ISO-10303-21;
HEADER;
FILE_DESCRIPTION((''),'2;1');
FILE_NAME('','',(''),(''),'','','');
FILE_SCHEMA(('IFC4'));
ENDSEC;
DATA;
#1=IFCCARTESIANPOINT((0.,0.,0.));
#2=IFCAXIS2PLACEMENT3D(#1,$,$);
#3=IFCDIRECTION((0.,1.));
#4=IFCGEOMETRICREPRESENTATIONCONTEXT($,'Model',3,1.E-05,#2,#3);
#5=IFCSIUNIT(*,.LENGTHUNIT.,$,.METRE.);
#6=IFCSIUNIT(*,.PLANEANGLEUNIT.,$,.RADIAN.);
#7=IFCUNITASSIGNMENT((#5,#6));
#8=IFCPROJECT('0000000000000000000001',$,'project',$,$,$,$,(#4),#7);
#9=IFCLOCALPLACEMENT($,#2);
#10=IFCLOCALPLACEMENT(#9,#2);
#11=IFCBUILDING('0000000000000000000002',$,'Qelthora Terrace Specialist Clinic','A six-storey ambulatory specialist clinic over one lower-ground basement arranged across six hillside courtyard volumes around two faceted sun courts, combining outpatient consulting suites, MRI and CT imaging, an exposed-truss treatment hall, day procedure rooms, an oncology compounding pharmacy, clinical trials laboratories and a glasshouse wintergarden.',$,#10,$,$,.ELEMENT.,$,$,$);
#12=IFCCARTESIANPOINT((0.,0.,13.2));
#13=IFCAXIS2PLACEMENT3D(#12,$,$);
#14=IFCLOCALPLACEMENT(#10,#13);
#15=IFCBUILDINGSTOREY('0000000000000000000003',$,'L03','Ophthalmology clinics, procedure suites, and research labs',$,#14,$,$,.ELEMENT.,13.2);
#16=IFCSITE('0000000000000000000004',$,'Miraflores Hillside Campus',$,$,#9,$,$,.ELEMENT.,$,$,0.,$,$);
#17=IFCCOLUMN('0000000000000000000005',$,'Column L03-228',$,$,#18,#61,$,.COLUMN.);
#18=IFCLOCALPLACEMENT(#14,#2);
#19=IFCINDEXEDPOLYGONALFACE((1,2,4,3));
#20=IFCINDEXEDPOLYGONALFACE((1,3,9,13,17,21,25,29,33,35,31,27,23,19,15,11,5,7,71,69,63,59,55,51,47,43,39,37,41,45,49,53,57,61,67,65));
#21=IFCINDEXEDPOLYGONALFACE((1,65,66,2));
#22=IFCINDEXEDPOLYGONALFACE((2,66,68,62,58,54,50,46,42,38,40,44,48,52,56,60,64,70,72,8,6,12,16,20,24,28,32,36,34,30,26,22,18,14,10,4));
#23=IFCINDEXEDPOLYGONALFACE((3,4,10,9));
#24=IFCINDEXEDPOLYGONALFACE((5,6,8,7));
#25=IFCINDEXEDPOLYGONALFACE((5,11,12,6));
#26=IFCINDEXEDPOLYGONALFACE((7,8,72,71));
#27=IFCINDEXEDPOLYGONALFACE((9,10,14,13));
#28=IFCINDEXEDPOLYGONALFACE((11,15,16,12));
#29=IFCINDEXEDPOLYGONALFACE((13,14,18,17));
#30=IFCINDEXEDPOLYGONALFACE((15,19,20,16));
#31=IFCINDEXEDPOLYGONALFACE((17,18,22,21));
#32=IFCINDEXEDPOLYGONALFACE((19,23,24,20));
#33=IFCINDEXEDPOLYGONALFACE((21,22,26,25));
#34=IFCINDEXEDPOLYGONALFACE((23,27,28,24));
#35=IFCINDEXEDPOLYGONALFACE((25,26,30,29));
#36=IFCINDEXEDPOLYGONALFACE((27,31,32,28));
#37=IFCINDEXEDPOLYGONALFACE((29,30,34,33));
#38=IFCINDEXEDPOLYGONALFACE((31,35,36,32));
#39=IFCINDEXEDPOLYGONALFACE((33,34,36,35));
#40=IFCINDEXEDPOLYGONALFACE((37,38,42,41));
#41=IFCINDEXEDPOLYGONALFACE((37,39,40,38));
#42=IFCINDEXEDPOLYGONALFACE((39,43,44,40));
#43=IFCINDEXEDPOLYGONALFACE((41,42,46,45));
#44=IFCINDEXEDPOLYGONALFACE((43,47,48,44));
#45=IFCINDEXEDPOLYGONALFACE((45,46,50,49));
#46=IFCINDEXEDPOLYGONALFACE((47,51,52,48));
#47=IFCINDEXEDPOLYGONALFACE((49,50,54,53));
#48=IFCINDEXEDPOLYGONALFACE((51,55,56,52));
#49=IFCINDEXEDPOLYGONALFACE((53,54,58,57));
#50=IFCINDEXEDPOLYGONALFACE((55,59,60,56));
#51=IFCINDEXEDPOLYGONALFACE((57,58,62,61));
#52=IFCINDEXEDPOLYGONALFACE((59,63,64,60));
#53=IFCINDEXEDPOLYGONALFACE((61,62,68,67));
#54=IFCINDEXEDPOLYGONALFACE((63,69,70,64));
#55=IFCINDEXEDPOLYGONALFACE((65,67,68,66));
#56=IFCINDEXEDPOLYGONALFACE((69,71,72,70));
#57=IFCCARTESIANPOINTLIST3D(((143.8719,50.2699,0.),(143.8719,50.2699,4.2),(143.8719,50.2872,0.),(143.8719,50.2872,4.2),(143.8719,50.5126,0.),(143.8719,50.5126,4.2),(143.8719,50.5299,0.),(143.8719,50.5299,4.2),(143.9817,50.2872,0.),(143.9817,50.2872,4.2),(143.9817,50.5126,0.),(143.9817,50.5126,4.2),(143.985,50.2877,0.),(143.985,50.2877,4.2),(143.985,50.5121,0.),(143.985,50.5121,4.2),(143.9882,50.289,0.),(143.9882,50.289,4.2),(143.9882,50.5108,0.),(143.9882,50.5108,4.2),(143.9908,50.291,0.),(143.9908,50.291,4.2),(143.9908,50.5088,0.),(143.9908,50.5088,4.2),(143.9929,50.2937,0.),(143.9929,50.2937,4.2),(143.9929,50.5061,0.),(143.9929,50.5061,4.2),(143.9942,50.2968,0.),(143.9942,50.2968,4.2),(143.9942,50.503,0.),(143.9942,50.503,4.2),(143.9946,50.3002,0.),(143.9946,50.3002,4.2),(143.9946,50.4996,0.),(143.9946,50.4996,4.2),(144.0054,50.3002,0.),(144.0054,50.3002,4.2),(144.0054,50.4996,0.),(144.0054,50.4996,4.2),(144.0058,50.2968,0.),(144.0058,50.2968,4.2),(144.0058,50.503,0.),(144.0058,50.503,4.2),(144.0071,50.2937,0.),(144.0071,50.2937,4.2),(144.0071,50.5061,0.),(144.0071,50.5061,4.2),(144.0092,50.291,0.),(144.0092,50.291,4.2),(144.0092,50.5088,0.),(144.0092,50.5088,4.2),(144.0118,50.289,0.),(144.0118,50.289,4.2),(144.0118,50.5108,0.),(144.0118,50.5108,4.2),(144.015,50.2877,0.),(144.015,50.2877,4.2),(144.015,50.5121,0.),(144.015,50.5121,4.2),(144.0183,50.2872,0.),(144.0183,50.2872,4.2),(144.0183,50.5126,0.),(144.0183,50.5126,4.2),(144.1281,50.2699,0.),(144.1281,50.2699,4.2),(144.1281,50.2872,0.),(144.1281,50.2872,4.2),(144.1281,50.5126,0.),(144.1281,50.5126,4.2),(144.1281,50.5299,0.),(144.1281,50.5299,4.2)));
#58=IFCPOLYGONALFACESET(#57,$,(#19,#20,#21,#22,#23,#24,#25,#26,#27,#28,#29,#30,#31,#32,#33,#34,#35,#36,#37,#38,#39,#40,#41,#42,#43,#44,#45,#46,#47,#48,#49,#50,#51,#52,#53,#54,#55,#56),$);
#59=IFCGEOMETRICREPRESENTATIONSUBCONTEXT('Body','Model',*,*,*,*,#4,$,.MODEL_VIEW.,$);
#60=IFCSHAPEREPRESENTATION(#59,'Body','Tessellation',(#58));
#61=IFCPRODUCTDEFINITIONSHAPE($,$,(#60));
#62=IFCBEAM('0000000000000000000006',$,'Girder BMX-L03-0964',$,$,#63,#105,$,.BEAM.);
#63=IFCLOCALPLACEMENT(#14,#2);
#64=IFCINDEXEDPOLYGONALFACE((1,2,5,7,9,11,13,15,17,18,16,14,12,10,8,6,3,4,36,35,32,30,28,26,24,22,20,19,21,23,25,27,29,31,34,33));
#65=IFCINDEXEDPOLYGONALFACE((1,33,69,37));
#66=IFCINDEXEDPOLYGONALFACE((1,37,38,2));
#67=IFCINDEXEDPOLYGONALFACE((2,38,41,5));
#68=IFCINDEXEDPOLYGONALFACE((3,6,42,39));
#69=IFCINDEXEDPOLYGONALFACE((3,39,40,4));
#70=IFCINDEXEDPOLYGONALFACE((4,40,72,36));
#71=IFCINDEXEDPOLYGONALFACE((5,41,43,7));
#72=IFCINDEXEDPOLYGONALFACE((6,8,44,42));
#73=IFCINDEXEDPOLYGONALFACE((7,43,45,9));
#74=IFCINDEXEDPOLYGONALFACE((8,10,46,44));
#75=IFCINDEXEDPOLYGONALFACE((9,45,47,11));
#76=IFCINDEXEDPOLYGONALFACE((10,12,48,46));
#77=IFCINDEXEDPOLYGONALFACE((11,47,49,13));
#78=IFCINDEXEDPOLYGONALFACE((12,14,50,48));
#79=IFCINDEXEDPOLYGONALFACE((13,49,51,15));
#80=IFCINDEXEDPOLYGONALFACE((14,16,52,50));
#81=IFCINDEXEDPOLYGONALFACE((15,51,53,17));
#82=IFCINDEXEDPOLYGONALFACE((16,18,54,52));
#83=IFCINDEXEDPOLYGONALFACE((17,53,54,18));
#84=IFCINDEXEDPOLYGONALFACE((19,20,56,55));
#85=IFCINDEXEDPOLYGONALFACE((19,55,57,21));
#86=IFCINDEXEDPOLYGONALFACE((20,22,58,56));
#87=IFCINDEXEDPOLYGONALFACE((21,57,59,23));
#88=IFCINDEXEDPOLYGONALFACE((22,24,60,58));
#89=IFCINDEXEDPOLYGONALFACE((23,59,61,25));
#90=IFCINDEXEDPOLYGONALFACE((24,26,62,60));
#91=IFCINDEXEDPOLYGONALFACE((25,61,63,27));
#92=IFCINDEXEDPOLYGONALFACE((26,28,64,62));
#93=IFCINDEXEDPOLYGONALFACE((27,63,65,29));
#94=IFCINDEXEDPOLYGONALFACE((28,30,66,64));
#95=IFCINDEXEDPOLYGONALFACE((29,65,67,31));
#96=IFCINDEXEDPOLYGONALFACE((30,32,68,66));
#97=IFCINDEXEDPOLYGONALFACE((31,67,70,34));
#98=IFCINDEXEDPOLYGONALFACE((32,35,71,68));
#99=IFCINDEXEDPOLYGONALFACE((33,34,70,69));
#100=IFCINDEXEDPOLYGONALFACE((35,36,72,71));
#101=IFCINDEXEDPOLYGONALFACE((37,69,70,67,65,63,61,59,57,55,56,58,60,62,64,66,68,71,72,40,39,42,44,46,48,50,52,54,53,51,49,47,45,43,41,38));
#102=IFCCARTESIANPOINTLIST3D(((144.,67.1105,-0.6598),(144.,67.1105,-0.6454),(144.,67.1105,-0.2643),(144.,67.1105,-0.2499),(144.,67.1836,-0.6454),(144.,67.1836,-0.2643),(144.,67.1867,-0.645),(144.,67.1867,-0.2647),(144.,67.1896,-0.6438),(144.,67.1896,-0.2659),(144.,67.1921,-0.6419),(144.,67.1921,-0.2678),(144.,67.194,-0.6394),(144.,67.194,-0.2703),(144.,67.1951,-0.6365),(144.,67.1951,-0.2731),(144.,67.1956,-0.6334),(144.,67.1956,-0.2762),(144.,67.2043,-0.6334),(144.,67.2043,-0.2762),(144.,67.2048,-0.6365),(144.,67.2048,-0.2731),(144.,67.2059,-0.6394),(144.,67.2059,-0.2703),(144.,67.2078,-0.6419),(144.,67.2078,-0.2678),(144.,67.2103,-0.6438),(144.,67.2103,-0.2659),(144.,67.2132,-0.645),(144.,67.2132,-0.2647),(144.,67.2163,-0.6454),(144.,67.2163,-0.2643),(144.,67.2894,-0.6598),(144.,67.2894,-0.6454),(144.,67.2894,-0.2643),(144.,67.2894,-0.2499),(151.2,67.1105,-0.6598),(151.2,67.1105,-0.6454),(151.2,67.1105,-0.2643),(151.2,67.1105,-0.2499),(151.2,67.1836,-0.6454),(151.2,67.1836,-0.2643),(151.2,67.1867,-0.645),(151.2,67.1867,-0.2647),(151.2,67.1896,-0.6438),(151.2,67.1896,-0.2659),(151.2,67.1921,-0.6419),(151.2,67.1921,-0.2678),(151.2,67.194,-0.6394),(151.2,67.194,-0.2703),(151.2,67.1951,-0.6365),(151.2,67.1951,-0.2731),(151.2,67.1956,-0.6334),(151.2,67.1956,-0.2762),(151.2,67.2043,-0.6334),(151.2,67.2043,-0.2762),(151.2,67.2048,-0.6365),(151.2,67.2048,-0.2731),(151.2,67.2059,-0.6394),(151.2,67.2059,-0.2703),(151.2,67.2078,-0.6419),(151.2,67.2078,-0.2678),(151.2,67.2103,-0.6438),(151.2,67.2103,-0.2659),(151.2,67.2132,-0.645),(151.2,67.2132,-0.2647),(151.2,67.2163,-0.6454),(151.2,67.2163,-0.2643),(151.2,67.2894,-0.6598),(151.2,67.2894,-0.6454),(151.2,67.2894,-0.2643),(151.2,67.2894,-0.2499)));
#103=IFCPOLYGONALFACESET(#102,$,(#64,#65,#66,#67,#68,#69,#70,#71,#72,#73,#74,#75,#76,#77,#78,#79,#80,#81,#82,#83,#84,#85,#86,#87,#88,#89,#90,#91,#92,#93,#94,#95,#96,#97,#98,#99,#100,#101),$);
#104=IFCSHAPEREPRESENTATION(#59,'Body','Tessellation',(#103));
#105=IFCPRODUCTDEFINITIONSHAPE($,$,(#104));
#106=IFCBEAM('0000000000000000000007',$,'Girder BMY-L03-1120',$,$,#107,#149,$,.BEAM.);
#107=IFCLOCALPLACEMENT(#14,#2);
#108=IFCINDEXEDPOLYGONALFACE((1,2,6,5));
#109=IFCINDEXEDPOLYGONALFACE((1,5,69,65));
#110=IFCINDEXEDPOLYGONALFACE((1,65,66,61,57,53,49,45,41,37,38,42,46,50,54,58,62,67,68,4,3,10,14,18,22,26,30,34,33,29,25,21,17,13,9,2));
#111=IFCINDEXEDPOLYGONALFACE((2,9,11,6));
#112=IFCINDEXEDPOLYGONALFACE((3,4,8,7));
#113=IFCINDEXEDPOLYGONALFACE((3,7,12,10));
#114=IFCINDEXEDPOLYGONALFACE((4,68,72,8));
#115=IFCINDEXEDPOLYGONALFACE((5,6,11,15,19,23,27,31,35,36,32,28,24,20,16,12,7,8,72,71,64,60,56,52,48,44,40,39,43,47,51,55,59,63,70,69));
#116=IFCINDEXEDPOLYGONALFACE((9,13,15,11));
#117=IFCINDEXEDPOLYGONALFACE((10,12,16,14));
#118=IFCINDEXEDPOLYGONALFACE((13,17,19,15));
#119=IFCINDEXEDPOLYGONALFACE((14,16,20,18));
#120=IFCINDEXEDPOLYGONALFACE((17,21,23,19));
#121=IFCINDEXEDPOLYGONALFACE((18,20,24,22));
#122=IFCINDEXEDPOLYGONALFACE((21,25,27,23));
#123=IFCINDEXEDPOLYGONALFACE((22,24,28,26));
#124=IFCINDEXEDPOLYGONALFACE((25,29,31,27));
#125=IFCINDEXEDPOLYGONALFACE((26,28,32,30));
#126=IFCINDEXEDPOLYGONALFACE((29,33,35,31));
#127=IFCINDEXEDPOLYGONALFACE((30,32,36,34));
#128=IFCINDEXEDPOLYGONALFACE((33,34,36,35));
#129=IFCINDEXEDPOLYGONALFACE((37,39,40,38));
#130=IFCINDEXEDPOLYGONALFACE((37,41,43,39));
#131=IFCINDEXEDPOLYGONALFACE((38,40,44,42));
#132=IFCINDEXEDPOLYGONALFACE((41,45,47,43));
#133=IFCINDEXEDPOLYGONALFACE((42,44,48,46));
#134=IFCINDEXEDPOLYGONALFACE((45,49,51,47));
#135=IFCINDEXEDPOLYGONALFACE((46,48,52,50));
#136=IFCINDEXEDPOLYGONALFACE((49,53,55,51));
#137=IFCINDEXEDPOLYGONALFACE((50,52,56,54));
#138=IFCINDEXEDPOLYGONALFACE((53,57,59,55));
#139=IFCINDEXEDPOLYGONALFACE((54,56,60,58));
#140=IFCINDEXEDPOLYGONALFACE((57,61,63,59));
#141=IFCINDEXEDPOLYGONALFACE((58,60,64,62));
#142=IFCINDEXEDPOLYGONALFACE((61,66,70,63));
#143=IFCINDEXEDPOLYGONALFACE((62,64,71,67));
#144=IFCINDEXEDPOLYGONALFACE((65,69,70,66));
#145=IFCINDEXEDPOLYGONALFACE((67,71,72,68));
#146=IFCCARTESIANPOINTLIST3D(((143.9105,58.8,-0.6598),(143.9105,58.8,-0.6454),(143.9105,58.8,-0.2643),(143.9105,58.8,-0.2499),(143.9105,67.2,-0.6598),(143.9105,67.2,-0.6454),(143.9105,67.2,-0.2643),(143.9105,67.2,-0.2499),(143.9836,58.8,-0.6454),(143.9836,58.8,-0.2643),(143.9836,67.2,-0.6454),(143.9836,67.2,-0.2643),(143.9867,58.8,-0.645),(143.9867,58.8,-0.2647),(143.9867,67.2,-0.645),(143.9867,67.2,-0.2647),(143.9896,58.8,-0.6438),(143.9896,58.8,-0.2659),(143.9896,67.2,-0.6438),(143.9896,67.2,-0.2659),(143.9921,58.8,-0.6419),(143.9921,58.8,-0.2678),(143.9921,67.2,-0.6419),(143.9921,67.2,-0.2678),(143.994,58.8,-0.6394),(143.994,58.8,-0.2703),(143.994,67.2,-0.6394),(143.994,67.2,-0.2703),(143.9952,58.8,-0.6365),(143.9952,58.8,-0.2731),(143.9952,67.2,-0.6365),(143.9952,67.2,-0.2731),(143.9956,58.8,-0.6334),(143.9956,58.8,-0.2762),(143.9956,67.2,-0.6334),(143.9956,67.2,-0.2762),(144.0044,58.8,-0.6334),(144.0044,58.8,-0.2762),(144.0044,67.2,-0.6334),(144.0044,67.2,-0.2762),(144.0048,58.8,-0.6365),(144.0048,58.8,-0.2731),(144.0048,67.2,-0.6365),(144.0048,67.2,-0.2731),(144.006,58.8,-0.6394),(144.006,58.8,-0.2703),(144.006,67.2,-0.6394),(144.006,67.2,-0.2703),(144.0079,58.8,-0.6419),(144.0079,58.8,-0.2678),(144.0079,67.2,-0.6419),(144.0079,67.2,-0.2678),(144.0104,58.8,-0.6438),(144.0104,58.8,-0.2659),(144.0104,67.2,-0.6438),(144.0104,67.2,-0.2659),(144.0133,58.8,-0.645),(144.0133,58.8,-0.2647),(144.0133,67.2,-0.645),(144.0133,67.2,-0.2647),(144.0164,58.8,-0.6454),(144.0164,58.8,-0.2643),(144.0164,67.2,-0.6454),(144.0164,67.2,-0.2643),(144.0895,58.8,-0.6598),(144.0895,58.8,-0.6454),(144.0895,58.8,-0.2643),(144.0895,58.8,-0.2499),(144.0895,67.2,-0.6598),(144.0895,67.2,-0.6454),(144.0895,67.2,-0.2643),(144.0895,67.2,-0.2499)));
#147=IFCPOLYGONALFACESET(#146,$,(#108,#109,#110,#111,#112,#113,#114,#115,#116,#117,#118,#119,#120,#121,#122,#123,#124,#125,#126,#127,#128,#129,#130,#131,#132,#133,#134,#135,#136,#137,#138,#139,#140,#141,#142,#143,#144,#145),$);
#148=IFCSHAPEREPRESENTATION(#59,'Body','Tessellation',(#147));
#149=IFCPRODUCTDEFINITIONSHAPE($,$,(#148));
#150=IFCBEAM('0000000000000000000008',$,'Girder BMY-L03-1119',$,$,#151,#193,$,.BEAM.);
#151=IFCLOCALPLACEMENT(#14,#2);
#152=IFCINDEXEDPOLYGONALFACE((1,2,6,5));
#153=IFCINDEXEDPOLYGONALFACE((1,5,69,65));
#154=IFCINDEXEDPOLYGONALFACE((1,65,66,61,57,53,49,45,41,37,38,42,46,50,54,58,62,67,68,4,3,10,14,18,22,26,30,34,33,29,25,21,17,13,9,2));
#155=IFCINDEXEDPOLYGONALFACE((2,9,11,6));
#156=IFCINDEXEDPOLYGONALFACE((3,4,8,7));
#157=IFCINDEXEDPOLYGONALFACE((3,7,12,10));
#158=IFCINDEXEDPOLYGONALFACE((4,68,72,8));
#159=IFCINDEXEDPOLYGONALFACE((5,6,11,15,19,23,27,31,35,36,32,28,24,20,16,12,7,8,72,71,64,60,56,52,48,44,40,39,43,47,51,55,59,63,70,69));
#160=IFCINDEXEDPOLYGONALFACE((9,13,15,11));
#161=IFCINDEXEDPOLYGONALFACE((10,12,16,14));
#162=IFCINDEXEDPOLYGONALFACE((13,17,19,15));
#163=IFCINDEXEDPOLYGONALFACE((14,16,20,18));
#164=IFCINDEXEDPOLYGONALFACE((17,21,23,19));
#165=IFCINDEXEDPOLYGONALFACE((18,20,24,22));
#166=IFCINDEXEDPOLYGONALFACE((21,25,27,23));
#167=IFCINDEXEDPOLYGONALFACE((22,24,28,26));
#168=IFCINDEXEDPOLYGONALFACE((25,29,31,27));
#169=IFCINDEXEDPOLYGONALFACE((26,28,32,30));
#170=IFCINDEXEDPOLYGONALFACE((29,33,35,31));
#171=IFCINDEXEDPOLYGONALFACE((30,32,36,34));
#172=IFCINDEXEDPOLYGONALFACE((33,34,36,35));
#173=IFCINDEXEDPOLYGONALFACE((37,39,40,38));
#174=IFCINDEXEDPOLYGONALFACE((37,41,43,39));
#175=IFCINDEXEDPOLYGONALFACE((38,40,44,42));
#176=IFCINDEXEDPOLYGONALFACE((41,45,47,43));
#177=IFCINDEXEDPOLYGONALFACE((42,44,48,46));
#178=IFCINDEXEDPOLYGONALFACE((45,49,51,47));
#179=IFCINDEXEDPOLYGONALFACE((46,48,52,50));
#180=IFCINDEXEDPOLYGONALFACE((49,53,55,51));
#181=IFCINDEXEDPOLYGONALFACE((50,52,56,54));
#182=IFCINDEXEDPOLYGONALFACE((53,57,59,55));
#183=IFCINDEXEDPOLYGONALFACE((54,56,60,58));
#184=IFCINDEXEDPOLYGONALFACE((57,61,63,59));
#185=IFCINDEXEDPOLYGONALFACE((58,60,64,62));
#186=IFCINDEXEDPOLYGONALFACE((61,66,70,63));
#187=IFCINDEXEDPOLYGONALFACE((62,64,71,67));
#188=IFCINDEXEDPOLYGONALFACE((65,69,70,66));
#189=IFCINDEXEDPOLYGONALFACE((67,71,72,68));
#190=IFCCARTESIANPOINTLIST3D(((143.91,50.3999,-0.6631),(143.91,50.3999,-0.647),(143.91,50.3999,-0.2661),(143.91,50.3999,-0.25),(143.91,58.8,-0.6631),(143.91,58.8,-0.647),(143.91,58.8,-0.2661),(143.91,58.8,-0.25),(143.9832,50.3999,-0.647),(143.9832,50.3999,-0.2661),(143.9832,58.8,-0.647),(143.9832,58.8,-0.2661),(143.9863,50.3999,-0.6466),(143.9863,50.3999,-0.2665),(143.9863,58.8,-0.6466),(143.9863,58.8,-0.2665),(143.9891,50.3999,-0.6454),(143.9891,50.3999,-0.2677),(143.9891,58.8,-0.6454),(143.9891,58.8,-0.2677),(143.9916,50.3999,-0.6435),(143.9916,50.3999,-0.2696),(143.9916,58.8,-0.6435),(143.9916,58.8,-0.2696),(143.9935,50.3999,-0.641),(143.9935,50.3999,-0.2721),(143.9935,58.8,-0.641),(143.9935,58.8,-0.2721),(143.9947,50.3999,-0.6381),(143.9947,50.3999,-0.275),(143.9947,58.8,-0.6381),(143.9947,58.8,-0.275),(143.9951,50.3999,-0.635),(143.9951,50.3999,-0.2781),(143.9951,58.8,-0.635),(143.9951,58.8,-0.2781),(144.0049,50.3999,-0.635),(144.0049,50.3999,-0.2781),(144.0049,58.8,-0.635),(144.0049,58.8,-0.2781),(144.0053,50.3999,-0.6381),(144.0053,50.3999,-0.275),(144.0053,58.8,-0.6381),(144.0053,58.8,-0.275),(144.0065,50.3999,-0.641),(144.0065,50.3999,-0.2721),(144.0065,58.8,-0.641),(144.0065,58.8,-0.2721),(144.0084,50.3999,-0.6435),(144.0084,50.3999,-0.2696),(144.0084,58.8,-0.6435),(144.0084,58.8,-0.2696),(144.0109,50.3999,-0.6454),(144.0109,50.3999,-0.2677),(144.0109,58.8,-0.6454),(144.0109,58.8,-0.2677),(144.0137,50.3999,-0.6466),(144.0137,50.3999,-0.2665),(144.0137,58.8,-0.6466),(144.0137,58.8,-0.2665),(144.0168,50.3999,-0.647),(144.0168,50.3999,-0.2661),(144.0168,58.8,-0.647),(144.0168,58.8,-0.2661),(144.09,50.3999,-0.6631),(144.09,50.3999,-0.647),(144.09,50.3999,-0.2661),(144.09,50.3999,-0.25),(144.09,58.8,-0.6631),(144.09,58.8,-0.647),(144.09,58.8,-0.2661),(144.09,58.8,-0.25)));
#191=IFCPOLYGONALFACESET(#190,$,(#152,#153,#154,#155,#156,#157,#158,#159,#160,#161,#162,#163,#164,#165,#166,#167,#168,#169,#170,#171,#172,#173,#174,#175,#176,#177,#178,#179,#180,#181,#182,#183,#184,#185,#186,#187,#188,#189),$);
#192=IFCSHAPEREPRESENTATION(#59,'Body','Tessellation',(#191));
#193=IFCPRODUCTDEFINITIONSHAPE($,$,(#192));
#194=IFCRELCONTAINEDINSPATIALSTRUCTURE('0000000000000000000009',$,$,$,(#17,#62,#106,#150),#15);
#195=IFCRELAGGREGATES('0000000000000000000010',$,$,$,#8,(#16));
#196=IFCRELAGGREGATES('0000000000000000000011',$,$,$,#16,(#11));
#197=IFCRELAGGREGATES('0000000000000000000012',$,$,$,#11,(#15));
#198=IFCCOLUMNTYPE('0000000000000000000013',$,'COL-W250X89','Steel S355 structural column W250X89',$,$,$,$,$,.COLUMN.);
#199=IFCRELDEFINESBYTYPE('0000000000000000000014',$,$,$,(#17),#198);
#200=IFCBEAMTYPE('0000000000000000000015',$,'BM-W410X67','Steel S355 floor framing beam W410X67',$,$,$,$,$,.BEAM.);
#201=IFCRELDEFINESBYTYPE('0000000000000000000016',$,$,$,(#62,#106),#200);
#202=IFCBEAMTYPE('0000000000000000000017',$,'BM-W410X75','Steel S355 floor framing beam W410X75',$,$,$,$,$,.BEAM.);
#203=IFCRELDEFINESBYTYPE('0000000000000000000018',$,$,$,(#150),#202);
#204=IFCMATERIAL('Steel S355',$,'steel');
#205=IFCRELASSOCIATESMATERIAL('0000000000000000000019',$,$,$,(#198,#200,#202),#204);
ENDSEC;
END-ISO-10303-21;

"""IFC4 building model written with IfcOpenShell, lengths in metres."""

from ifc_helpers import new_model, si_unit, direction, frame, origin, origin_2d, place, context, subcontext, project, spatial, i_section, extrude, material, material_profile, profile_set, type_object, element, save


model = new_model("IFC4")

# Units and contexts
model_context = context("Model", 3, precision=1e-05, world=origin(), true_north=direction((0.0, 1.0)))
body_context = subcontext(model_context, "Body", "Model", "MODEL_VIEW")
ifc_project = project(units=[si_unit("LENGTHUNIT", "METRE"), si_unit("PLANEANGLEUNIT", "RADIAN")], contexts=[model_context])

# Site, building, storey
site_placement = place(None, origin())
site = spatial("IfcSite", under=ifc_project, at=site_placement, Name="Miraflores Hillside Campus", CompositionType="ELEMENT", RefElevation=0.0)
building_placement = place(site_placement, origin())
building = spatial("IfcBuilding", under=site, at=building_placement, Name="Qelthora Terrace Specialist Clinic", Description="A six-storey ambulatory specialist clinic over one lower-ground basement arranged across six hillside courtyard volumes around two faceted sun courts, combining outpatient consulting suites, MRI and CT imaging, an exposed-truss treatment hall, day procedure rooms, an oncology compounding pharmacy, clinical trials laboratories and a glasshouse wintergarden.", CompositionType="ELEMENT")
storey_placement = place(building_placement, frame((0.0, 0.0, 13.2)))
storey = spatial("IfcBuildingStorey", under=building, at=storey_placement, Name="L03", Description="Ophthalmology clinics, procedure suites, and research labs", CompositionType="ELEMENT", Elevation=13.2)

# Column
ifc_material_1 = material(Name="Steel S355", Category="steel")
ifc_material_profile_1 = material_profile(ifc_material_1, i_section(OverallWidth=0.2561, OverallDepth=0.26, WebThickness=0.0107, FlangeThickness=0.0173, FilletRadius=0.0129, at=origin_2d()), Name="W250X89")
ifc_profile_set_1 = profile_set([ifc_material_profile_1], Name="Steel S355")
column_type = type_object("IfcColumnType", Name="COL-W250X89", Description="Steel S355 structural column W250X89", PredefinedType="COLUMN", material=ifc_profile_set_1)
column_placement = place(storey_placement, frame((144.0, 50.3999, 0.0), z_axis=(0.0, 0.0, 1.0), x_axis=(1.0, 0.0, 0.0)))
element("IfcColumn", 1, at=column_placement, inside=storey, type_object=column_type, Name="Column L03-228", PredefinedType="COLUMN", context=body_context, shape_type="SweptSolid", body=[
    extrude(i_section(OverallWidth=0.2561, OverallDepth=0.26, WebThickness=0.0107, FlangeThickness=0.0173, FilletRadius=0.0129, at=origin_2d()), origin(), (0.0, 0.0, 1.0), 4.2),
])

# Beams
ifc_material_profile_2 = material_profile(ifc_material_1, i_section(OverallWidth=0.179, OverallDepth=0.4099, WebThickness=0.0088, FlangeThickness=0.0144, FilletRadius=0.012, at=origin_2d()), Name="W410X67")
ifc_profile_set_2 = profile_set([ifc_material_profile_2], Name="Steel S355")
beam_type_1 = type_object("IfcBeamType", Name="BM-W410X67", Description="Steel S355 floor framing beam W410X67", PredefinedType="BEAM", material=ifc_profile_set_2)
beam_1_placement = place(storey_placement, frame((144.0, 67.2, -0.4548), z_axis=(1.0, 0.0, 0.0), x_axis=(0.0, 1.0, 0.0)))
element("IfcBeam", 2, at=beam_1_placement, inside=storey, type_object=beam_type_1, Name="Girder BMX-L03-0964", PredefinedType="BEAM", context=body_context, shape_type="SweptSolid", body=[
    extrude(i_section(OverallWidth=0.179, OverallDepth=0.4099, WebThickness=0.0088, FlangeThickness=0.0144, FilletRadius=0.012, at=origin_2d()), origin(), (0.0, 0.0, 1.0), 7.2),
])
beam_2_placement = place(storey_placement, frame((144.0, 58.8, -0.4548), z_axis=(0.0, 1.0, 0.0), x_axis=(-1.0, 0.0, 0.0)))
element("IfcBeam", 3, at=beam_2_placement, inside=storey, type_object=beam_type_1, Name="Girder BMY-L03-1120", PredefinedType="BEAM", context=body_context, shape_type="SweptSolid", body=[
    extrude(i_section(OverallWidth=0.179, OverallDepth=0.4099, WebThickness=0.0088, FlangeThickness=0.0144, FilletRadius=0.012, at=origin_2d()), origin(), (0.0, 0.0, 1.0), 8.3999),
])
ifc_material_profile_3 = material_profile(ifc_material_1, i_section(OverallWidth=0.1799, OverallDepth=0.4131, WebThickness=0.0098, FlangeThickness=0.0161, FilletRadius=0.012, at=origin_2d()), Name="W410X75")
ifc_profile_set_3 = profile_set([ifc_material_profile_3], Name="Steel S355")
beam_type_2 = type_object("IfcBeamType", Name="BM-W410X75", Description="Steel S355 floor framing beam W410X75", PredefinedType="BEAM", material=ifc_profile_set_3)
beam_3_placement = place(storey_placement, frame((144.0, 50.3999, -0.4565), z_axis=(0.0, 1.0, 0.0), x_axis=(-1.0, 0.0, 0.0)))
element("IfcBeam", 4, at=beam_3_placement, inside=storey, type_object=beam_type_2, Name="Girder BMY-L03-1119", PredefinedType="BEAM", context=body_context, shape_type="SweptSolid", body=[
    extrude(i_section(OverallWidth=0.1799, OverallDepth=0.4131, WebThickness=0.0098, FlangeThickness=0.0161, FilletRadius=0.012, at=origin_2d()), origin(), (0.0, 0.0, 1.0), 8.4001),
])

save(model, "model.ifc")
